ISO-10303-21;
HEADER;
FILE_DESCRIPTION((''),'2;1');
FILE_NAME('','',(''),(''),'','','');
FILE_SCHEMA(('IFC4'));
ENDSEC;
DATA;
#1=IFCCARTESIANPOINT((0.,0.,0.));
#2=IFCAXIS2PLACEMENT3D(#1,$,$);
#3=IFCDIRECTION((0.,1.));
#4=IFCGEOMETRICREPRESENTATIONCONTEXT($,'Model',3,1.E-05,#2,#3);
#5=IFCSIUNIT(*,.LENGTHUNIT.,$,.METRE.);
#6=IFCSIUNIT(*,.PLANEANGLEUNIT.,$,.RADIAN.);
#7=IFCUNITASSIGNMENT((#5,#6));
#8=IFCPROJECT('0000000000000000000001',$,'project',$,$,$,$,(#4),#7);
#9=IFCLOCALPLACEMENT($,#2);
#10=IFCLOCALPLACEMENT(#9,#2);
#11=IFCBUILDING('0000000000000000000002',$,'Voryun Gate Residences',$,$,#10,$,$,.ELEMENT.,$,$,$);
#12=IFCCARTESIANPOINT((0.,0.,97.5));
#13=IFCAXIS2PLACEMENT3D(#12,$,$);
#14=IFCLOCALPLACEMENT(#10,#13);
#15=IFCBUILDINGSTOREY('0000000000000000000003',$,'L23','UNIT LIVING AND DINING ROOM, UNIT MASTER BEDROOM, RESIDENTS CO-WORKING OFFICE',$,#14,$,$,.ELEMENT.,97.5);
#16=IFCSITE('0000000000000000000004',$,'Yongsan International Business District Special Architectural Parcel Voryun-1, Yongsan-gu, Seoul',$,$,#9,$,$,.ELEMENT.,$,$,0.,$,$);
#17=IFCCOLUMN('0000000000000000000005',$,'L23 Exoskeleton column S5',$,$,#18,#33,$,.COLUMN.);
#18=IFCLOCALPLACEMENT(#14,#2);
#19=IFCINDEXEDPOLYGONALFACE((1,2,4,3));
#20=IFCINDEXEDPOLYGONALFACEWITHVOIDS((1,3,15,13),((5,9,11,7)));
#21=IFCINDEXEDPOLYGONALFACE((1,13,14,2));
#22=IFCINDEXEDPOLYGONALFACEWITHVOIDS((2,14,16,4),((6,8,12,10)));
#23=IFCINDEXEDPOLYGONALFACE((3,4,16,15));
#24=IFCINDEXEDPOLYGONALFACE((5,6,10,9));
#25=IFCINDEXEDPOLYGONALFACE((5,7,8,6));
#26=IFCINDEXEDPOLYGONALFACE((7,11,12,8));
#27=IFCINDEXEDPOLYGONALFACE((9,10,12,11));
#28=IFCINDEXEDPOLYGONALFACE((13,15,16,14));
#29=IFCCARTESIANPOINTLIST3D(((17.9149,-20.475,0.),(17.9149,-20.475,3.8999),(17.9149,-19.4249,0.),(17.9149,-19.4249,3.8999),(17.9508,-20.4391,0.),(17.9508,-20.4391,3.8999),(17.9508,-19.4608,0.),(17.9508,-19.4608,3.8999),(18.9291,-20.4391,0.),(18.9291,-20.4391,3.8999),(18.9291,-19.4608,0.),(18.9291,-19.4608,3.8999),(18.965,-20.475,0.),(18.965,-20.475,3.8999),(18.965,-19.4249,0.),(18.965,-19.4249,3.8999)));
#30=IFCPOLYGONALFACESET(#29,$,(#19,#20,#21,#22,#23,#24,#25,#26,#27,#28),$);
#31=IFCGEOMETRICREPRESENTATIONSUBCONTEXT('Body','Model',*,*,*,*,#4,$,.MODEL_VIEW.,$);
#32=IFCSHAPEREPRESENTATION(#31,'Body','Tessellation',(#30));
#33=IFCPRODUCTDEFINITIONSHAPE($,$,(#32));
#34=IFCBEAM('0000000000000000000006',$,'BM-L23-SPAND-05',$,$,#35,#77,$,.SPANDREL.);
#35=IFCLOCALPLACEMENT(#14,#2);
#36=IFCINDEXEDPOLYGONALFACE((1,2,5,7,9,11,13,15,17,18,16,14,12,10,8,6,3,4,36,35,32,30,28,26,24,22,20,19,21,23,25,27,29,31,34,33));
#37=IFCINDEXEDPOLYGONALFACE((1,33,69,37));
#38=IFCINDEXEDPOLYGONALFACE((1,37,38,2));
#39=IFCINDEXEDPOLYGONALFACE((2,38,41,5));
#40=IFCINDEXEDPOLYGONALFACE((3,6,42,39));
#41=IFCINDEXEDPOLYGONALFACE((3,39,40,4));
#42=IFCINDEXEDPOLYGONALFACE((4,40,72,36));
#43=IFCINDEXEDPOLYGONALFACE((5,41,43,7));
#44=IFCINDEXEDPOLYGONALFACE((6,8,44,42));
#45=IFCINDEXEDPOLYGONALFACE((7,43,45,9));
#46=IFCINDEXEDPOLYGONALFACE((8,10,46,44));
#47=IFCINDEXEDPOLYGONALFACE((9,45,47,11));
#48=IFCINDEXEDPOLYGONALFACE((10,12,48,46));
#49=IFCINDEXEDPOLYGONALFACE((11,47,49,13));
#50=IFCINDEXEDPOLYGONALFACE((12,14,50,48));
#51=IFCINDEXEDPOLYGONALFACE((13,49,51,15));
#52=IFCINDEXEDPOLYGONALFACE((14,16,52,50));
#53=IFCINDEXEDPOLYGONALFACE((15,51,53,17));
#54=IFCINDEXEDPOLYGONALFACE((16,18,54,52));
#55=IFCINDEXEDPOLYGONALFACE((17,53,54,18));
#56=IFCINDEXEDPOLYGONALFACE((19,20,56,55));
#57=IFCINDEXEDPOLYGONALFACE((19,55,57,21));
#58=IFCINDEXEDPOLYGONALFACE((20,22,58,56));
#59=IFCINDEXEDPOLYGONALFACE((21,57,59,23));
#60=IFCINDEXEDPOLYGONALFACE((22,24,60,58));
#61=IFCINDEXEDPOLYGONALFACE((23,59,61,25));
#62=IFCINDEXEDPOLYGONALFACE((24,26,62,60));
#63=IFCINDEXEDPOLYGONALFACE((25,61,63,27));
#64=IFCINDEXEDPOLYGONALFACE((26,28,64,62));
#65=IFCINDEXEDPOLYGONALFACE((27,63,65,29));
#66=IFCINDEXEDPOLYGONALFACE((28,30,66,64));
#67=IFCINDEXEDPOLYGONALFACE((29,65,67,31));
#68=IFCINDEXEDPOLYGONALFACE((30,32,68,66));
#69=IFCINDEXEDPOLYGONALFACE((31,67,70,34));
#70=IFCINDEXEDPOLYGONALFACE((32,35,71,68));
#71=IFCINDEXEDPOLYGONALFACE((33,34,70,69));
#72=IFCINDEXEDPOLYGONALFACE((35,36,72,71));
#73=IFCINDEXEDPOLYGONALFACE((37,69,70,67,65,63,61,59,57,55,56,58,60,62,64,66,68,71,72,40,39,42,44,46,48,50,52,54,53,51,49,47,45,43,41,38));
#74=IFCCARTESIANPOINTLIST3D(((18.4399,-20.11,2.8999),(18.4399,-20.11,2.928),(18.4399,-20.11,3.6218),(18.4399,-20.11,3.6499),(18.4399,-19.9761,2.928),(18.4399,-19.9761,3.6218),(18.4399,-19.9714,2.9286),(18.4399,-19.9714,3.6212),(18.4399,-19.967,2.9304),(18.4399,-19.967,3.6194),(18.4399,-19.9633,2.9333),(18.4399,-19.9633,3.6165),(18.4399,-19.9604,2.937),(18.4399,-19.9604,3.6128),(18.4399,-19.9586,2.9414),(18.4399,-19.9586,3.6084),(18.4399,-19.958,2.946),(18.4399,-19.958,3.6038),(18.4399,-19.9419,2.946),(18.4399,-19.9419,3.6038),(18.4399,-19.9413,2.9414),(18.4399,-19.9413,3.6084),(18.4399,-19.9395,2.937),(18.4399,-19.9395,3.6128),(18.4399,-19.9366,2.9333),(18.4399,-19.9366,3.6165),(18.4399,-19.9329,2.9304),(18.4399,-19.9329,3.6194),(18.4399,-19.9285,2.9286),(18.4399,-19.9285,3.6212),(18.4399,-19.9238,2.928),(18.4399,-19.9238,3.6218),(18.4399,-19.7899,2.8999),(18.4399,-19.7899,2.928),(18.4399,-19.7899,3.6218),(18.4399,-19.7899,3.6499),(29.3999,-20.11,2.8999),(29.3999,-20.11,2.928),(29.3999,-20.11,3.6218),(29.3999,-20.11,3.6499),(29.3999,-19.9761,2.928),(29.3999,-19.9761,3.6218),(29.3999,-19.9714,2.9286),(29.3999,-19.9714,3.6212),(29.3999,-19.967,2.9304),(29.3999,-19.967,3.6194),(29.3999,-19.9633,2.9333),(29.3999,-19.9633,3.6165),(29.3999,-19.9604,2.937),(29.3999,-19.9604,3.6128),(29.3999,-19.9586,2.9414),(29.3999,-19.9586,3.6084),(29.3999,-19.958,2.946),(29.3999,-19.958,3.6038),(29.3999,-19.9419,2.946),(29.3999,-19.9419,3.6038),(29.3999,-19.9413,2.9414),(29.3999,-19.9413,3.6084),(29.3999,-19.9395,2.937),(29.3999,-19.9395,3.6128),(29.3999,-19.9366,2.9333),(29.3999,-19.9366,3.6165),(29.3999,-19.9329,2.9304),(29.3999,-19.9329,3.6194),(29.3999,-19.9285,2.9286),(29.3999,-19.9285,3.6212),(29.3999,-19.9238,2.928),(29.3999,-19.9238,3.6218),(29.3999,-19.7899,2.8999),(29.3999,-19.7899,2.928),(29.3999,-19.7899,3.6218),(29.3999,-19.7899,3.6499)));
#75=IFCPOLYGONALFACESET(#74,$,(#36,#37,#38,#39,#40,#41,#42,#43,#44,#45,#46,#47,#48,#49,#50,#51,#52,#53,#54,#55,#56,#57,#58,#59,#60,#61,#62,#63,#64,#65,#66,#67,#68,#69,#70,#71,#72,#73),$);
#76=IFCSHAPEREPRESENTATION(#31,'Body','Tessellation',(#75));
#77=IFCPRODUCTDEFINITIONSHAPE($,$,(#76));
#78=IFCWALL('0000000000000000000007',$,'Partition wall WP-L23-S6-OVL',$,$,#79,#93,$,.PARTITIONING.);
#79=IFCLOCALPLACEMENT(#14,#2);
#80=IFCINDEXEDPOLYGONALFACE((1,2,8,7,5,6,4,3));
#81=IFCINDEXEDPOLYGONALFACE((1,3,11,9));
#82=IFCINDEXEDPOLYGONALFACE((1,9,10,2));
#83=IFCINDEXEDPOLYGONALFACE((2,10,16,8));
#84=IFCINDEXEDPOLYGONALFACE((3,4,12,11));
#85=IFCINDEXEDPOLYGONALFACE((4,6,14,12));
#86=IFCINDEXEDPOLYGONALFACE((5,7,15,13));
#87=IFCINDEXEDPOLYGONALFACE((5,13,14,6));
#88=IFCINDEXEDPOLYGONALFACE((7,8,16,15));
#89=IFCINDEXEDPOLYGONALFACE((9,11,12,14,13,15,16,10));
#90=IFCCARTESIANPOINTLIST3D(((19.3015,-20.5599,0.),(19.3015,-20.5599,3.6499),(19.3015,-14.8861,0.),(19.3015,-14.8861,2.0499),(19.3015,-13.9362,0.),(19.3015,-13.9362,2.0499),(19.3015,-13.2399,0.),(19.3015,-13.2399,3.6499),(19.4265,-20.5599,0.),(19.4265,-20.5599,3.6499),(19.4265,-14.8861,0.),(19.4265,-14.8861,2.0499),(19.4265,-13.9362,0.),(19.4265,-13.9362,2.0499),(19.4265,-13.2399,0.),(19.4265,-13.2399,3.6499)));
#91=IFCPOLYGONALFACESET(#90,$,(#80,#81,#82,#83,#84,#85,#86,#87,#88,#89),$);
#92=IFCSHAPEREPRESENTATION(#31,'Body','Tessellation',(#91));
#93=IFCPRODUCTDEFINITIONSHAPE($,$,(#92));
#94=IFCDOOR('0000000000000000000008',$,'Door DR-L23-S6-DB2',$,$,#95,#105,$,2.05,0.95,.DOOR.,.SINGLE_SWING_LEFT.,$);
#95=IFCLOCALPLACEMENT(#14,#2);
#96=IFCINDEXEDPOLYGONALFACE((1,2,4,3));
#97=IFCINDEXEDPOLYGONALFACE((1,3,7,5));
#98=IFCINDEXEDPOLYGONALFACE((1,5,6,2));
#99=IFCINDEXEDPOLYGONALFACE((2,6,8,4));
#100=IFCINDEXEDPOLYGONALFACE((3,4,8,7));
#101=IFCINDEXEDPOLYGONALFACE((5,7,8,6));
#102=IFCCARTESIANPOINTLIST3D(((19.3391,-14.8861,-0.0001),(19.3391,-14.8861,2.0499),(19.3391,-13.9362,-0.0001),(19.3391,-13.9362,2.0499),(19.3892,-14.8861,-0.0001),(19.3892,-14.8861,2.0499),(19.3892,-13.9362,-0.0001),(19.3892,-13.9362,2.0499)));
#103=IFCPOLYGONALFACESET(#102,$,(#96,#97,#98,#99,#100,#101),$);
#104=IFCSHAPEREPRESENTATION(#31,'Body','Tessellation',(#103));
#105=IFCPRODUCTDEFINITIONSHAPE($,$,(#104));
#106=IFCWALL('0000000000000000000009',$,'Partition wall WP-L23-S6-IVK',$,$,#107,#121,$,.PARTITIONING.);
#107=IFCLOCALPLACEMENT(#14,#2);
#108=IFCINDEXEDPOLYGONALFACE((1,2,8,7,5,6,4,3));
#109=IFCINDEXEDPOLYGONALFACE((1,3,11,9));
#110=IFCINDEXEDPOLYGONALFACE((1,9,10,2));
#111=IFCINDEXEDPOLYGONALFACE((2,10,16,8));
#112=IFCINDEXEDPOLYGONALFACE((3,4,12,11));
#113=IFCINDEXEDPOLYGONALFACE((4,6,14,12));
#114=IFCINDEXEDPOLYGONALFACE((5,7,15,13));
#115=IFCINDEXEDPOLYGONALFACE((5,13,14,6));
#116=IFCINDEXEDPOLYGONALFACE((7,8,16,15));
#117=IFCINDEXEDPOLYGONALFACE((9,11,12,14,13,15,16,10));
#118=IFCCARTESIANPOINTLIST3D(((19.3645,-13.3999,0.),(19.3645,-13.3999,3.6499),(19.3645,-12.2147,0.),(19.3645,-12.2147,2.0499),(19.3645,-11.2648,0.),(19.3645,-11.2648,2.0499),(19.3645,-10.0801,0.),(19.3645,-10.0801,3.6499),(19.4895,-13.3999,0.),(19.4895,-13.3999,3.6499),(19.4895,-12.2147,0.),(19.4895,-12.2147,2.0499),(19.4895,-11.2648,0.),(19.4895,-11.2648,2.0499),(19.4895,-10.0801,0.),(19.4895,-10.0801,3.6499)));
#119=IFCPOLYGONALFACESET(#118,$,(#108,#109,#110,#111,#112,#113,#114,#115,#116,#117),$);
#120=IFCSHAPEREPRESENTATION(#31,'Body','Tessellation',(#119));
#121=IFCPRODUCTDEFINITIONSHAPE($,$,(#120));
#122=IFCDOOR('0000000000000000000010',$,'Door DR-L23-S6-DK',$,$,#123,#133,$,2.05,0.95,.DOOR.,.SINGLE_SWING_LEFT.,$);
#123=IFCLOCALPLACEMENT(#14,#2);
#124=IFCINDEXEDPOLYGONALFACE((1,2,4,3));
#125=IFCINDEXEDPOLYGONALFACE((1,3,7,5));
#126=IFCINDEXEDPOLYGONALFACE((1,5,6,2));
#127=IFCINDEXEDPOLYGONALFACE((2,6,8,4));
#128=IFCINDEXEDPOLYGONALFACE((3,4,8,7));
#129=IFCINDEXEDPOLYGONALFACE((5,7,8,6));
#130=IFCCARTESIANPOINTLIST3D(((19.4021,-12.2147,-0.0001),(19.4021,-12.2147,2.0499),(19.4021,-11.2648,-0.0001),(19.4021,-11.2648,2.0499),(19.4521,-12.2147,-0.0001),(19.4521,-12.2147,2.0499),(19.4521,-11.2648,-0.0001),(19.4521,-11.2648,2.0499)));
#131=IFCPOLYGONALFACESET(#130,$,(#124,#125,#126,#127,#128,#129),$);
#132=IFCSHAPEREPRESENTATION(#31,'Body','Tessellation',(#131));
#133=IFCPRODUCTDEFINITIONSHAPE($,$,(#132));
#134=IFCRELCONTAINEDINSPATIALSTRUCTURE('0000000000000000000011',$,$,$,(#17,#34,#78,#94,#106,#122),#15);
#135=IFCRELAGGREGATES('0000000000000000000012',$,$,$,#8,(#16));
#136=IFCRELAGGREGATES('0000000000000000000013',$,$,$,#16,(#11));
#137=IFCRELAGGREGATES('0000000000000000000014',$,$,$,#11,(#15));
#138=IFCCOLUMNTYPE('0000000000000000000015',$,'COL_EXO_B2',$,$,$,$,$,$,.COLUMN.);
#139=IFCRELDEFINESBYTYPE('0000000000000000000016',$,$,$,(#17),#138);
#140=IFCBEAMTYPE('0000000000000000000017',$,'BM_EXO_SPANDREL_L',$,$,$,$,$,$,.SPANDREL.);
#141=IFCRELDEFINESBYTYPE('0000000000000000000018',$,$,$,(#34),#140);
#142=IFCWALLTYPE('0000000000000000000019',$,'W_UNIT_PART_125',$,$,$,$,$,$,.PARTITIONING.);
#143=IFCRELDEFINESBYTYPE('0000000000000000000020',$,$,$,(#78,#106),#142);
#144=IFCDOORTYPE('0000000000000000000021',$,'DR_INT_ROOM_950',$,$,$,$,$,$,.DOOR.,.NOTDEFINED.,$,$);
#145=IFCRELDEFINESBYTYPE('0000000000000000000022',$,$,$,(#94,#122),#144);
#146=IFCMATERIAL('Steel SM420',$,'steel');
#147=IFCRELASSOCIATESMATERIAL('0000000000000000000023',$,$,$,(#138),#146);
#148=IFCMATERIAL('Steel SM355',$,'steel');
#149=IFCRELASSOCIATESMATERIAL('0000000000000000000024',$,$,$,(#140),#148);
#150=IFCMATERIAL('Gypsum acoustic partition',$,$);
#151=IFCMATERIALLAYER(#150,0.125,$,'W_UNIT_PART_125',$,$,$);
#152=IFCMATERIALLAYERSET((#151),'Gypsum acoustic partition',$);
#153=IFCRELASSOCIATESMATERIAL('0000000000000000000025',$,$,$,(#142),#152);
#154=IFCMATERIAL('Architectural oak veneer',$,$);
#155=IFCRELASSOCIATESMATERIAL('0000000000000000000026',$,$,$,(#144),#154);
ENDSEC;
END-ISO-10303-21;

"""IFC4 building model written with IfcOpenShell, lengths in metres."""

from ifc_helpers import new_model, si_unit, direction, frame, frame_2d, origin, origin_2d, place, context, subcontext, project, spatial, rectangle, hollow_rectangle, i_section, extrude, material, layer, layer_set, material_profile, profile_set, type_object, element, fill, save


model = new_model("IFC4")

# Units and contexts
model_context = context("Model", 3, precision=1e-05, world=origin(), true_north=direction((0.0, 1.0)))
body_context = subcontext(model_context, "Body", "Model", "MODEL_VIEW")
ifc_project = project(units=[si_unit("LENGTHUNIT", "METRE"), si_unit("PLANEANGLEUNIT", "RADIAN")], contexts=[model_context])

# Site, building, storey
site_placement = place(None, origin())
site = spatial("IfcSite", under=ifc_project, at=site_placement, Name="Yongsan International Business District Special Architectural Parcel Voryun-1, Yongsan-gu, Seoul", CompositionType="ELEMENT", RefElevation=0.0)
building_placement = place(site_placement, origin())
building = spatial("IfcBuilding", under=site, at=building_placement, Name="Voryun Gate Residences", CompositionType="ELEMENT")
storey_placement = place(building_placement, frame((0.0, 0.0, 97.5)))
storey = spatial("IfcBuildingStorey", under=building, at=storey_placement, Name="L23", Description="UNIT LIVING AND DINING ROOM, UNIT MASTER BEDROOM, RESIDENTS CO-WORKING OFFICE", CompositionType="ELEMENT", Elevation=97.5)

# Column
ifc_material_1 = material(Name="Steel SM420", Category="steel")
ifc_material_profile_1 = material_profile(ifc_material_1, hollow_rectangle(XDim=1.05, YDim=1.05, WallThickness=0.0359, at=origin_2d()), Name="BOX-1050x1050x36")
ifc_profile_set_1 = profile_set([ifc_material_profile_1], Name="Steel SM420")
column_type = type_object("IfcColumnType", Name="COL_EXO_B2", PredefinedType="COLUMN", material=ifc_profile_set_1)
column_placement = place(storey_placement, frame((18.4399, -19.95, 0.0), z_axis=(0.0, 0.0, 1.0), x_axis=(1.0, 0.0, 0.0)))
element("IfcColumn", 1, at=column_placement, inside=storey, type_object=column_type, Name="L23 Exoskeleton column S5", PredefinedType="COLUMN", context=body_context, shape_type="SweptSolid", body=[
    extrude(hollow_rectangle(XDim=1.05, YDim=1.05, WallThickness=0.0359, at=origin_2d()), origin(), (0.0, 0.0, 1.0), 3.8999),
])

# Beam
ifc_material_2 = material(Name="Steel SM355", Category="steel")
ifc_material_profile_2 = material_profile(ifc_material_2, i_section(OverallWidth=0.3201, OverallDepth=0.75, WebThickness=0.0161, FlangeThickness=0.0281, FilletRadius=0.0181, at=origin_2d()), Name="H-750x320x16x28")
ifc_profile_set_2 = profile_set([ifc_material_profile_2], Name="Steel SM355")
beam_type = type_object("IfcBeamType", Name="BM_EXO_SPANDREL_L", PredefinedType="SPANDREL", material=ifc_profile_set_2)
beam_placement = place(storey_placement, frame((18.4399, -19.95, 3.2749), z_axis=(1.0, 0.0, 0.0), x_axis=(0.0, 1.0, 0.0)))
element("IfcBeam", 2, at=beam_placement, inside=storey, type_object=beam_type, Name="BM-L23-SPAND-05", PredefinedType="SPANDREL", context=body_context, shape_type="SweptSolid", body=[
    extrude(i_section(OverallWidth=0.3201, OverallDepth=0.75, WebThickness=0.0161, FlangeThickness=0.0281, FilletRadius=0.0181, at=origin_2d()), origin(), (0.0, 0.0, 1.0), 10.96),
])

# Walls, openings, doors
ifc_material_3 = material(Name="Gypsum acoustic partition")
ifc_layer = layer(ifc_material_3, 0.125, Name="W_UNIT_PART_125")
ifc_layer_set = layer_set([ifc_layer], Name="Gypsum acoustic partition")
wall_type = type_object("IfcWallType", Name="W_UNIT_PART_125", PredefinedType="PARTITIONING", material=ifc_layer_set)
wall_1_placement = place(storey_placement, frame((19.364, -20.5601, 0.0), z_axis=(0.0, 0.0, 1.0), x_axis=(0.0, 1.0, 0.0)))
wall_1 = element("IfcWall", 3, at=wall_1_placement, inside=storey, type_object=wall_type, Name="Partition wall WP-L23-S6-OVL", PredefinedType="PARTITIONING", context=body_context, shape_type="SweptSolid", body=[
    extrude(rectangle(XDim=7.3201, YDim=0.125, at=frame_2d((3.6602, 0.0))), origin(), (0.0, 0.0, 1.0), 3.6499),
])
opening_1_placement = place(wall_1_placement, frame((5.6738, 0.0, 0.0)))
opening_1 = element("IfcOpeningElement", 4, at=opening_1_placement, cuts=wall_1, PredefinedType="OPENING", context=body_context, shape_type="SweptSolid", body=[
    extrude(rectangle(XDim=0.95, YDim=2.05, at=frame_2d((0.4751, 1.0249))), frame((0.0, 0.0725, 0.0), z_axis=(0.0, -1.0, 0.0), x_axis=(1.0, 0.0, 0.0)), (0.0, 0.0, 1.0), 0.145),
])
ifc_material_4 = material(Name="Architectural oak veneer")
door_type = type_object("IfcDoorType", Name="DR_INT_ROOM_950", OperationType="NOTDEFINED", PredefinedType="DOOR", material=ifc_material_4)
door_1_placement = place(opening_1_placement, origin())
door_1 = element("IfcDoor", 5, at=door_1_placement, inside=storey, type_object=door_type, Name="Door DR-L23-S6-DB2", OperationType="SINGLE_SWING_LEFT", OverallHeight=2.05, OverallWidth=0.95, PredefinedType="DOOR", context=body_context, shape_type="SweptSolid", body=[
    extrude(rectangle(XDim=0.95, YDim=2.05, at=frame_2d((0.4751, 1.0249))), frame((0.0, 0.0249, 0.0), z_axis=(0.0, -1.0, 0.0), x_axis=(1.0, 0.0, 0.0)), (0.0, 0.0, 1.0), 0.05),
])
fill(opening_1, door_1)
wall_2_placement = place(storey_placement, frame((19.427, -13.3999, 0.0), z_axis=(0.0, 0.0, 1.0), x_axis=(0.0, 1.0, 0.0)))
wall_2 = element("IfcWall", 6, at=wall_2_placement, inside=storey, type_object=wall_type, Name="Partition wall WP-L23-S6-IVK", PredefinedType="PARTITIONING", context=body_context, shape_type="SweptSolid", body=[
    extrude(rectangle(XDim=3.3198, YDim=0.125, at=frame_2d((1.6599, 0.0))), origin(), (0.0, 0.0, 1.0), 3.6499),
])
opening_2_placement = place(wall_2_placement, frame((1.1851, 0.0, 0.0)))
opening_2 = element("IfcOpeningElement", 7, at=opening_2_placement, cuts=wall_2, PredefinedType="OPENING", context=body_context, shape_type="SweptSolid", body=[
    extrude(rectangle(XDim=0.95, YDim=2.05, at=frame_2d((0.4751, 1.0249))), frame((0.0, 0.0725, 0.0), z_axis=(0.0, -1.0, 0.0), x_axis=(1.0, 0.0, 0.0)), (0.0, 0.0, 1.0), 0.145),
])
door_2_placement = place(opening_2_placement, origin())
door_2 = element("IfcDoor", 8, at=door_2_placement, inside=storey, type_object=door_type, Name="Door DR-L23-S6-DK", OperationType="SINGLE_SWING_LEFT", OverallHeight=2.05, OverallWidth=0.95, PredefinedType="DOOR", context=body_context, shape_type="SweptSolid", body=[
    extrude(rectangle(XDim=0.95, YDim=2.05, at=frame_2d((0.4751, 1.0249))), frame((0.0, 0.0249, 0.0), z_axis=(0.0, -1.0, 0.0), x_axis=(1.0, 0.0, 0.0)), (0.0, 0.0, 1.0), 0.05),
])
fill(opening_2, door_2)

save(model, "model.ifc")
